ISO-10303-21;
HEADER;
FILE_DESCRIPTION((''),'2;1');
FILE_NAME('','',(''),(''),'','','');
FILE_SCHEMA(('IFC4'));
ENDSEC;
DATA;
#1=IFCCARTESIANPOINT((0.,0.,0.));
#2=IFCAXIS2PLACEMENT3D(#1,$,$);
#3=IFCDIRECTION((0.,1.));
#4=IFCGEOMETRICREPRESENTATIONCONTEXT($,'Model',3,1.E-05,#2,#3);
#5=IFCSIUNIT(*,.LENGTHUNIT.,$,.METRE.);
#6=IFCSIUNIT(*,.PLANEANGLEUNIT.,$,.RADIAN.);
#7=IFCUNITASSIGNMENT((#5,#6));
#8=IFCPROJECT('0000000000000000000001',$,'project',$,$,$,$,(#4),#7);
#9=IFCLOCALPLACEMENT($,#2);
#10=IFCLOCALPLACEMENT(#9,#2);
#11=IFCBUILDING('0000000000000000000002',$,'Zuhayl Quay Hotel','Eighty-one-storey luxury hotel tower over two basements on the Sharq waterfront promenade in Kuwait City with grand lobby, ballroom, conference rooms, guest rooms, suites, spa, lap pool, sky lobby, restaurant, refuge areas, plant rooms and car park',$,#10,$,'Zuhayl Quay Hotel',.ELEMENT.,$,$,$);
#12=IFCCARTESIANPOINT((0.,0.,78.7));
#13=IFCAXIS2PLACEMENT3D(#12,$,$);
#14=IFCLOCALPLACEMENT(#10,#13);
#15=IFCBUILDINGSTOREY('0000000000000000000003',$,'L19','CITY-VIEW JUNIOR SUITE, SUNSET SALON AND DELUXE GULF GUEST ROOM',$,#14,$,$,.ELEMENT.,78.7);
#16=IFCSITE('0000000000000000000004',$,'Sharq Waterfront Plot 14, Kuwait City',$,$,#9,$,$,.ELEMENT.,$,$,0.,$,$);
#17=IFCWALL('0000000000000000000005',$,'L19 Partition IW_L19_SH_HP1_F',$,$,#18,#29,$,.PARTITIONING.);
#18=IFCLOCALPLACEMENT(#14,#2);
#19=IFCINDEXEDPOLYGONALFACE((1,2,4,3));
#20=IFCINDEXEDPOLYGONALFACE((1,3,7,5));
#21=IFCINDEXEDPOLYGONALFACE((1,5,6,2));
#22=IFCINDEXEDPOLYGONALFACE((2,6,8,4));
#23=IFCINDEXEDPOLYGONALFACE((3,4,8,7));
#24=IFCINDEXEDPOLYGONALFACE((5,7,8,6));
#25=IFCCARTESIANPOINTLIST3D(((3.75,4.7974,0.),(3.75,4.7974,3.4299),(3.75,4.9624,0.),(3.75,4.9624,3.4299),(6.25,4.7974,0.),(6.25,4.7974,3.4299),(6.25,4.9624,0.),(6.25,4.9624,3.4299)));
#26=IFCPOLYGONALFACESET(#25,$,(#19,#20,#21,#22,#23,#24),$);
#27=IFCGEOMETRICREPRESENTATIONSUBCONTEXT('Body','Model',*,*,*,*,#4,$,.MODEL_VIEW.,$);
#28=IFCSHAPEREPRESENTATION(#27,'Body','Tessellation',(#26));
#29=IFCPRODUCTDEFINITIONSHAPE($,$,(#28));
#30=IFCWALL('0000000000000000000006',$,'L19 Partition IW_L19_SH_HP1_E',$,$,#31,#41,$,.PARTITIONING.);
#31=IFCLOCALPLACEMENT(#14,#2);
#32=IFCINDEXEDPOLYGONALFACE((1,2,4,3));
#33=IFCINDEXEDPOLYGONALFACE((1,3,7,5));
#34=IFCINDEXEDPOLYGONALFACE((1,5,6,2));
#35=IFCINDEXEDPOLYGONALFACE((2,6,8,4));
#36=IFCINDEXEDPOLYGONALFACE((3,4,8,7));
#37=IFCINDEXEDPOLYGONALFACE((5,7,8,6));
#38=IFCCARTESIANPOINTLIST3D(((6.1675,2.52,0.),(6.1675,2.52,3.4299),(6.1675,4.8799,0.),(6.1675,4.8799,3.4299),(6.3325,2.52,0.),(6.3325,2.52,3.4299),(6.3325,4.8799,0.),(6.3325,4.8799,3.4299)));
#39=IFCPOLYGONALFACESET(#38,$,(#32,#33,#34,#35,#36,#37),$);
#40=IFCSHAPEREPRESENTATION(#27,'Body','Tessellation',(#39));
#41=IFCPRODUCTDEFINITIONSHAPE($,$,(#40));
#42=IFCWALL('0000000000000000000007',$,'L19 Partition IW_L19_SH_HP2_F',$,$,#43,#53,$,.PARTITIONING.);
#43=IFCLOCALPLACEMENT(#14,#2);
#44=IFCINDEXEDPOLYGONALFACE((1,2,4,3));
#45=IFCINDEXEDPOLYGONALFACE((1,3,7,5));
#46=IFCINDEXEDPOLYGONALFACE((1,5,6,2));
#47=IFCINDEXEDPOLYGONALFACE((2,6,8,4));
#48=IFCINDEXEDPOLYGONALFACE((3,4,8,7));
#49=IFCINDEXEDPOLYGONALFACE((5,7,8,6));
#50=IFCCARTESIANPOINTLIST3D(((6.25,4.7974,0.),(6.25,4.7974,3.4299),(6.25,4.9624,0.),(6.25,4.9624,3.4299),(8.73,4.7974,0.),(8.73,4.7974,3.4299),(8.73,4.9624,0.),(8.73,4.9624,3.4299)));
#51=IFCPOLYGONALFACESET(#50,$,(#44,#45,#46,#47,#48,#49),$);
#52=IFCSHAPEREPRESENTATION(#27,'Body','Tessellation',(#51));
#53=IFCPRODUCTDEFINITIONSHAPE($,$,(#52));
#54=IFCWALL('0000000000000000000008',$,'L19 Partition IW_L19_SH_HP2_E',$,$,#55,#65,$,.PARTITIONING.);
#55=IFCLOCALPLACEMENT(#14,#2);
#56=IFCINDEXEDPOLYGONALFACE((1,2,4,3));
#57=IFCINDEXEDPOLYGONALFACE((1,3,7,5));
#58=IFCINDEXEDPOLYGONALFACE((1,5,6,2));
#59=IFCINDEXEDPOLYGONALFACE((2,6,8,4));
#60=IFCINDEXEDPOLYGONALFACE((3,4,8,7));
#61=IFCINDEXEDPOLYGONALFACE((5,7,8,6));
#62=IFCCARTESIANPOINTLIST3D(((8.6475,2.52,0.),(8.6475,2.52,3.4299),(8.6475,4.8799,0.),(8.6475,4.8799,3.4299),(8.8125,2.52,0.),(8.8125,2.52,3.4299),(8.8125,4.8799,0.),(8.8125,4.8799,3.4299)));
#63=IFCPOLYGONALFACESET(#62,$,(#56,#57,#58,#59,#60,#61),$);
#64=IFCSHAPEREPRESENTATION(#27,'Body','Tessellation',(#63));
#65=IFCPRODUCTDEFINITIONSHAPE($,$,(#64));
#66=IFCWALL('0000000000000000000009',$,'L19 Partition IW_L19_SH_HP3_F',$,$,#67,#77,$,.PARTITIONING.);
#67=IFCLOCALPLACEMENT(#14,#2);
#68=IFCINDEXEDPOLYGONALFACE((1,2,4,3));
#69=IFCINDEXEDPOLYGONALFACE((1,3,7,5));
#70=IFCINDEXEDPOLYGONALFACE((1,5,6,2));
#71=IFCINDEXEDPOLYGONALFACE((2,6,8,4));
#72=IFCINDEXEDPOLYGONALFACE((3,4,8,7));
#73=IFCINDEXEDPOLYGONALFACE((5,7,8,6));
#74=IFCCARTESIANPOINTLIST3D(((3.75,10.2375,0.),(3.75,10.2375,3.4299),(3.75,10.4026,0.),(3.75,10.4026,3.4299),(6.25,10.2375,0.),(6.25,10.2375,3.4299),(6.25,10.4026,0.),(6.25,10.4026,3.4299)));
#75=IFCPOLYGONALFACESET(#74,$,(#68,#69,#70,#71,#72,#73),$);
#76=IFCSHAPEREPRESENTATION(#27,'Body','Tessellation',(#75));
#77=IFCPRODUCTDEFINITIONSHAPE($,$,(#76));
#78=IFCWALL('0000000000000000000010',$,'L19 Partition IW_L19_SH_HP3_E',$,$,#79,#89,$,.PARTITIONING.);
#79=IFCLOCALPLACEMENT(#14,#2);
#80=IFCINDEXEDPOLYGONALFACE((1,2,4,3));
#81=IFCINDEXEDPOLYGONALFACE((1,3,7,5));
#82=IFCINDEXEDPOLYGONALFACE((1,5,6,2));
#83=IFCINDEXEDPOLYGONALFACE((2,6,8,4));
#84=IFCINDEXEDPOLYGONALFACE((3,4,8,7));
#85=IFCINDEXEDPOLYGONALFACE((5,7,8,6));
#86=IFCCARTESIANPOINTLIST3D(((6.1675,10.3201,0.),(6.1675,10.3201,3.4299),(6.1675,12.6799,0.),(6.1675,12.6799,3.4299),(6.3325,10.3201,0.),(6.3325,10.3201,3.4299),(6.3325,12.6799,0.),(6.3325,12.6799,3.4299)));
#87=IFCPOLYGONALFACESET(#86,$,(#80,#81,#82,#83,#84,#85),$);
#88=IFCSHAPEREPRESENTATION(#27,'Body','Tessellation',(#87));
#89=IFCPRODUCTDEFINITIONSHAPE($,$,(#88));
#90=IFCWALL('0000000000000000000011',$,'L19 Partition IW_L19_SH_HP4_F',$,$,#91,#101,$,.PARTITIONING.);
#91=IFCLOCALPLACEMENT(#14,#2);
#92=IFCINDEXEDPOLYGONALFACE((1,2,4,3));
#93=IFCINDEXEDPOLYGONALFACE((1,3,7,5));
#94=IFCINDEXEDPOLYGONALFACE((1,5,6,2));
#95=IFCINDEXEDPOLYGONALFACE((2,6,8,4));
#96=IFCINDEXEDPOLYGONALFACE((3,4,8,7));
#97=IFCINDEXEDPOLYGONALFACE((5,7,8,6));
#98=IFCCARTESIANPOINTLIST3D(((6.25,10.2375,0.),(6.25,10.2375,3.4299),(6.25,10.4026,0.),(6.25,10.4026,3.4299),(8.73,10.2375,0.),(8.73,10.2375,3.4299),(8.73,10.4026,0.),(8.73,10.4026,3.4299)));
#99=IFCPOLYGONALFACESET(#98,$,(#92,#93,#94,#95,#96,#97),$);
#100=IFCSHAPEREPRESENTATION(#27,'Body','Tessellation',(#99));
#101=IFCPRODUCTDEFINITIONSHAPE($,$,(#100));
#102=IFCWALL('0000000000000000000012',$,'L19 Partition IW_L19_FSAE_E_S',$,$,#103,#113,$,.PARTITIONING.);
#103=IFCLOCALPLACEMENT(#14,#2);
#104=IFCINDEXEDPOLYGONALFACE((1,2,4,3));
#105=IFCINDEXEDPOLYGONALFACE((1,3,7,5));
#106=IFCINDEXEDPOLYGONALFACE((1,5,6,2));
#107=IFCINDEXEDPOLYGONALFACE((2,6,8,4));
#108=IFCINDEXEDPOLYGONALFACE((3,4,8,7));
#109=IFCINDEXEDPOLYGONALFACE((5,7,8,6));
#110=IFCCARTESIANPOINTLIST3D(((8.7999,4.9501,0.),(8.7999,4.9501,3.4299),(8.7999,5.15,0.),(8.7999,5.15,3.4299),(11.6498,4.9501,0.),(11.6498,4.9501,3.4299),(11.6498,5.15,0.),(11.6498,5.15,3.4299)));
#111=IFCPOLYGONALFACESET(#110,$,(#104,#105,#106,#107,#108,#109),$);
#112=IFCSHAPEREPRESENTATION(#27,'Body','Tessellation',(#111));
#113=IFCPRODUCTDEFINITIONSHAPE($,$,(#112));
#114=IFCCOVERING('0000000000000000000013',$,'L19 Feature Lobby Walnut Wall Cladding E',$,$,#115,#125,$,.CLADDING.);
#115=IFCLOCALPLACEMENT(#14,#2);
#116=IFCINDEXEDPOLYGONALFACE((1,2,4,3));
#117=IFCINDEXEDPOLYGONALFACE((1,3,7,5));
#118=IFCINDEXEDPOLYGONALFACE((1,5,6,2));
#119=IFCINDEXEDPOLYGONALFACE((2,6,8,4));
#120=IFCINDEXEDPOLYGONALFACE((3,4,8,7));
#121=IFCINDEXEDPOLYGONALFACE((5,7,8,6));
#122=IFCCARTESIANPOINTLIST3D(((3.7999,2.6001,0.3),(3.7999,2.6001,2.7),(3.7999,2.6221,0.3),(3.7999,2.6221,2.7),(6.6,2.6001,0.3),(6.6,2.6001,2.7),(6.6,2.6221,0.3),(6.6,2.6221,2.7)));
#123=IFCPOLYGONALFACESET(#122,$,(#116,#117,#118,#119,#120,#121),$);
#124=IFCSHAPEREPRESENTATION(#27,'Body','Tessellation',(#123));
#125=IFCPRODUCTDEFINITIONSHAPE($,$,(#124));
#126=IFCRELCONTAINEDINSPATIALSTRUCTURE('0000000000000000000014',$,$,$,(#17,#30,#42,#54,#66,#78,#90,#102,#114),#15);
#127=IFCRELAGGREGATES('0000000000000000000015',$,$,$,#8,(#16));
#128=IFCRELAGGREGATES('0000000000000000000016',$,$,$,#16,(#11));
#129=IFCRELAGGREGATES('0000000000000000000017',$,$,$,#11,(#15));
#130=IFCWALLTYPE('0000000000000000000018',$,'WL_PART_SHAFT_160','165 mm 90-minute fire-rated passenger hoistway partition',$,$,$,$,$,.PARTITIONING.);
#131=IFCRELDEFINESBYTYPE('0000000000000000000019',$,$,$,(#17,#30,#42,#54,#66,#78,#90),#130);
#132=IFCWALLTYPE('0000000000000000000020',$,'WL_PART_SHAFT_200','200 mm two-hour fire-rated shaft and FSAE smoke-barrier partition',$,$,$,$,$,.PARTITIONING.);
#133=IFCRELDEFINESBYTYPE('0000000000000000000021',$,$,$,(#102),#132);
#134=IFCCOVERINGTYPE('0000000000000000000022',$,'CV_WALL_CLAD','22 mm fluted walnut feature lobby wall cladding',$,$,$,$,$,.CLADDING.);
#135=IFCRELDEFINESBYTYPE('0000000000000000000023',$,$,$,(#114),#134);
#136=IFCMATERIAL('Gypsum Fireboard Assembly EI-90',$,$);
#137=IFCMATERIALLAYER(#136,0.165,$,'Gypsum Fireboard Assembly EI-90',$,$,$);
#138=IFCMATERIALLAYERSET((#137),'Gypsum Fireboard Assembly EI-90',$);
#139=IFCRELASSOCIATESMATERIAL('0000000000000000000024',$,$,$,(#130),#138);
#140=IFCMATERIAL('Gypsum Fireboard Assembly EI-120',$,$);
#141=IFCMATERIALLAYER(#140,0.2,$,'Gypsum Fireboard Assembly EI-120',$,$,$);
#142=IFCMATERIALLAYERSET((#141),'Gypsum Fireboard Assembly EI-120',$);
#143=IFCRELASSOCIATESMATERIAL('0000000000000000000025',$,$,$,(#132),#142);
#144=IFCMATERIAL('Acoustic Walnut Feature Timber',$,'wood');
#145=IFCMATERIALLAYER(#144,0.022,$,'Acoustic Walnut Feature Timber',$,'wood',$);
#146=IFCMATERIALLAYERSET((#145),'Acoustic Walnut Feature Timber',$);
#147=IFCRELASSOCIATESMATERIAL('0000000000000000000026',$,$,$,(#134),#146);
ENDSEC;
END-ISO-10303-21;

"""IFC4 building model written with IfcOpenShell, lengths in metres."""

from ifc_helpers import new_model, si_unit, direction, frame, frame_2d, origin, origin_2d, place, context, subcontext, project, spatial, rectangle, extrude, material, layer, layer_set, type_object, element, save


model = new_model("IFC4")

# Units and contexts
model_context = context("Model", 3, precision=1e-05, world=origin(), true_north=direction((0.0, 1.0)))
body_context = subcontext(model_context, "Body", "Model", "MODEL_VIEW")
ifc_project = project(units=[si_unit("LENGTHUNIT", "METRE"), si_unit("PLANEANGLEUNIT", "RADIAN")], contexts=[model_context])

# Site, building, storey
site_placement = place(None, origin())
site = spatial("IfcSite", under=ifc_project, at=site_placement, Name="Sharq Waterfront Plot 14, Kuwait City", CompositionType="ELEMENT", RefElevation=0.0)
building_placement = place(site_placement, origin())
building = spatial("IfcBuilding", under=site, at=building_placement, Name="Zuhayl Quay Hotel", Description="Eighty-one-storey luxury hotel tower over two basements on the Sharq waterfront promenade in Kuwait City with grand lobby, ballroom, conference rooms, guest rooms, suites, spa, lap pool, sky lobby, restaurant, refuge areas, plant rooms and car park", LongName="Zuhayl Quay Hotel", CompositionType="ELEMENT")
storey_placement = place(building_placement, frame((0.0, 0.0, 78.7)))
storey = spatial("IfcBuildingStorey", under=building, at=storey_placement, Name="L19", Description="CITY-VIEW JUNIOR SUITE, SUNSET SALON AND DELUXE GULF GUEST ROOM", CompositionType="ELEMENT", Elevation=78.7)

# Walls
ifc_material_1 = material(Name="Gypsum Fireboard Assembly EI-90")
ifc_layer_1 = layer(ifc_material_1, 0.165, Name="Gypsum Fireboard Assembly EI-90")
ifc_layer_set_1 = layer_set([ifc_layer_1], Name="Gypsum Fireboard Assembly EI-90")
wall_type_1 = type_object("IfcWallType", Name="WL_PART_SHAFT_160", Description="165 mm 90-minute fire-rated passenger hoistway partition", PredefinedType="PARTITIONING", material=ifc_layer_set_1)
wall_1_placement = place(storey_placement, frame((3.75, 4.8799, 0.0), z_axis=(0.0, 0.0, 1.0), x_axis=(1.0, 0.0, 0.0)))
element("IfcWall", 1, at=wall_1_placement, inside=storey, type_object=wall_type_1, Name="L19 Partition IW_L19_SH_HP1_F", PredefinedType="PARTITIONING", context=body_context, shape_type="SweptSolid", body=[
    extrude(rectangle(XDim=2.5, YDim=0.165, at=frame_2d((1.25, 0.0))), origin(), (0.0, 0.0, 1.0), 3.4299),
])
wall_2_placement = place(storey_placement, frame((6.25, 2.52, 0.0), z_axis=(0.0, 0.0, 1.0), x_axis=(0.0, 1.0, 0.0)))
element("IfcWall", 2, at=wall_2_placement, inside=storey, type_object=wall_type_1, Name="L19 Partition IW_L19_SH_HP1_E", PredefinedType="PARTITIONING", context=body_context, shape_type="SweptSolid", body=[
    extrude(rectangle(XDim=2.3599, YDim=0.165, at=frame_2d((1.1799, 0.0))), origin(), (0.0, 0.0, 1.0), 3.4299),
])
wall_3_placement = place(storey_placement, frame((6.25, 4.8799, 0.0), z_axis=(0.0, 0.0, 1.0), x_axis=(1.0, 0.0, 0.0)))
element("IfcWall", 3, at=wall_3_placement, inside=storey, type_object=wall_type_1, Name="L19 Partition IW_L19_SH_HP2_F", PredefinedType="PARTITIONING", context=body_context, shape_type="SweptSolid", body=[
    extrude(rectangle(XDim=2.48, YDim=0.165, at=frame_2d((1.24, 0.0))), origin(), (0.0, 0.0, 1.0), 3.4299),
])
wall_4_placement = place(storey_placement, frame((8.73, 2.52, 0.0), z_axis=(0.0, 0.0, 1.0), x_axis=(0.0, 1.0, 0.0)))
element("IfcWall", 4, at=wall_4_placement, inside=storey, type_object=wall_type_1, Name="L19 Partition IW_L19_SH_HP2_E", PredefinedType="PARTITIONING", context=body_context, shape_type="SweptSolid", body=[
    extrude(rectangle(XDim=2.3599, YDim=0.165, at=frame_2d((1.1799, 0.0))), origin(), (0.0, 0.0, 1.0), 3.4299),
])
wall_5_placement = place(storey_placement, frame((3.75, 10.3201, 0.0), z_axis=(0.0, 0.0, 1.0), x_axis=(1.0, 0.0, 0.0)))
element("IfcWall", 5, at=wall_5_placement, inside=storey, type_object=wall_type_1, Name="L19 Partition IW_L19_SH_HP3_F", PredefinedType="PARTITIONING", context=body_context, shape_type="SweptSolid", body=[
    extrude(rectangle(XDim=2.5, YDim=0.165, at=frame_2d((1.25, 0.0))), origin(), (0.0, 0.0, 1.0), 3.4299),
])
wall_6_placement = place(storey_placement, frame((6.25, 10.3201, 0.0), z_axis=(0.0, 0.0, 1.0), x_axis=(0.0, 1.0, 0.0)))
element("IfcWall", 6, at=wall_6_placement, inside=storey, type_object=wall_type_1, Name="L19 Partition IW_L19_SH_HP3_E", PredefinedType="PARTITIONING", context=body_context, shape_type="SweptSolid", body=[
    extrude(rectangle(XDim=2.3599, YDim=0.165, at=frame_2d((1.1799, 0.0))), origin(), (0.0, 0.0, 1.0), 3.4299),
])
wall_7_placement = place(storey_placement, frame((6.25, 10.3201, 0.0), z_axis=(0.0, 0.0, 1.0), x_axis=(1.0, 0.0, 0.0)))
element("IfcWall", 7, at=wall_7_placement, inside=storey, type_object=wall_type_1, Name="L19 Partition IW_L19_SH_HP4_F", PredefinedType="PARTITIONING", context=body_context, shape_type="SweptSolid", body=[
    extrude(rectangle(XDim=2.48, YDim=0.165, at=frame_2d((1.24, 0.0))), origin(), (0.0, 0.0, 1.0), 3.4299),
])
ifc_material_2 = material(Name="Gypsum Fireboard Assembly EI-120")
ifc_layer_2 = layer(ifc_material_2, 0.2, Name="Gypsum Fireboard Assembly EI-120")
ifc_layer_set_2 = layer_set([ifc_layer_2], Name="Gypsum Fireboard Assembly EI-120")
wall_type_2 = type_object("IfcWallType", Name="WL_PART_SHAFT_200", Description="200 mm two-hour fire-rated shaft and FSAE smoke-barrier partition", PredefinedType="PARTITIONING", material=ifc_layer_set_2)
wall_8_placement = place(storey_placement, frame((8.8, 5.05, 0.0), z_axis=(0.0, 0.0, 1.0), x_axis=(1.0, 0.0, 0.0)))
element("IfcWall", 8, at=wall_8_placement, inside=storey, type_object=wall_type_2, Name="L19 Partition IW_L19_FSAE_E_S", PredefinedType="PARTITIONING", context=body_context, shape_type="SweptSolid", body=[
    extrude(rectangle(XDim=2.8499, YDim=0.2, at=frame_2d((1.4248, 0.0))), origin(), (0.0, 0.0, 1.0), 3.4299),
])

# Covering
ifc_material_3 = material(Name="Acoustic Walnut Feature Timber", Category="wood")
ifc_layer_3 = layer(ifc_material_3, 0.022, Name="Acoustic Walnut Feature Timber", Category="wood")
ifc_layer_set_3 = layer_set([ifc_layer_3], Name="Acoustic Walnut Feature Timber")
covering_type = type_object("IfcCoveringType", Name="CV_WALL_CLAD", Description="22 mm fluted walnut feature lobby wall cladding", PredefinedType="CLADDING", material=ifc_layer_set_3)
covering_placement = place(storey_placement, frame((5.2, 2.6111, 0.3), z_axis=(0.0, 0.0, 1.0), x_axis=(1.0, 0.0, 0.0)))
element("IfcCovering", 9, at=covering_placement, inside=storey, type_object=covering_type, Name="L19 Feature Lobby Walnut Wall Cladding E", PredefinedType="CLADDING", context=body_context, shape_type="SweptSolid", body=[
    extrude(rectangle(XDim=2.8, YDim=0.022, at=origin_2d()), origin(), (0.0, 0.0, 1.0), 2.3999),
])

save(model, "model.ifc")
